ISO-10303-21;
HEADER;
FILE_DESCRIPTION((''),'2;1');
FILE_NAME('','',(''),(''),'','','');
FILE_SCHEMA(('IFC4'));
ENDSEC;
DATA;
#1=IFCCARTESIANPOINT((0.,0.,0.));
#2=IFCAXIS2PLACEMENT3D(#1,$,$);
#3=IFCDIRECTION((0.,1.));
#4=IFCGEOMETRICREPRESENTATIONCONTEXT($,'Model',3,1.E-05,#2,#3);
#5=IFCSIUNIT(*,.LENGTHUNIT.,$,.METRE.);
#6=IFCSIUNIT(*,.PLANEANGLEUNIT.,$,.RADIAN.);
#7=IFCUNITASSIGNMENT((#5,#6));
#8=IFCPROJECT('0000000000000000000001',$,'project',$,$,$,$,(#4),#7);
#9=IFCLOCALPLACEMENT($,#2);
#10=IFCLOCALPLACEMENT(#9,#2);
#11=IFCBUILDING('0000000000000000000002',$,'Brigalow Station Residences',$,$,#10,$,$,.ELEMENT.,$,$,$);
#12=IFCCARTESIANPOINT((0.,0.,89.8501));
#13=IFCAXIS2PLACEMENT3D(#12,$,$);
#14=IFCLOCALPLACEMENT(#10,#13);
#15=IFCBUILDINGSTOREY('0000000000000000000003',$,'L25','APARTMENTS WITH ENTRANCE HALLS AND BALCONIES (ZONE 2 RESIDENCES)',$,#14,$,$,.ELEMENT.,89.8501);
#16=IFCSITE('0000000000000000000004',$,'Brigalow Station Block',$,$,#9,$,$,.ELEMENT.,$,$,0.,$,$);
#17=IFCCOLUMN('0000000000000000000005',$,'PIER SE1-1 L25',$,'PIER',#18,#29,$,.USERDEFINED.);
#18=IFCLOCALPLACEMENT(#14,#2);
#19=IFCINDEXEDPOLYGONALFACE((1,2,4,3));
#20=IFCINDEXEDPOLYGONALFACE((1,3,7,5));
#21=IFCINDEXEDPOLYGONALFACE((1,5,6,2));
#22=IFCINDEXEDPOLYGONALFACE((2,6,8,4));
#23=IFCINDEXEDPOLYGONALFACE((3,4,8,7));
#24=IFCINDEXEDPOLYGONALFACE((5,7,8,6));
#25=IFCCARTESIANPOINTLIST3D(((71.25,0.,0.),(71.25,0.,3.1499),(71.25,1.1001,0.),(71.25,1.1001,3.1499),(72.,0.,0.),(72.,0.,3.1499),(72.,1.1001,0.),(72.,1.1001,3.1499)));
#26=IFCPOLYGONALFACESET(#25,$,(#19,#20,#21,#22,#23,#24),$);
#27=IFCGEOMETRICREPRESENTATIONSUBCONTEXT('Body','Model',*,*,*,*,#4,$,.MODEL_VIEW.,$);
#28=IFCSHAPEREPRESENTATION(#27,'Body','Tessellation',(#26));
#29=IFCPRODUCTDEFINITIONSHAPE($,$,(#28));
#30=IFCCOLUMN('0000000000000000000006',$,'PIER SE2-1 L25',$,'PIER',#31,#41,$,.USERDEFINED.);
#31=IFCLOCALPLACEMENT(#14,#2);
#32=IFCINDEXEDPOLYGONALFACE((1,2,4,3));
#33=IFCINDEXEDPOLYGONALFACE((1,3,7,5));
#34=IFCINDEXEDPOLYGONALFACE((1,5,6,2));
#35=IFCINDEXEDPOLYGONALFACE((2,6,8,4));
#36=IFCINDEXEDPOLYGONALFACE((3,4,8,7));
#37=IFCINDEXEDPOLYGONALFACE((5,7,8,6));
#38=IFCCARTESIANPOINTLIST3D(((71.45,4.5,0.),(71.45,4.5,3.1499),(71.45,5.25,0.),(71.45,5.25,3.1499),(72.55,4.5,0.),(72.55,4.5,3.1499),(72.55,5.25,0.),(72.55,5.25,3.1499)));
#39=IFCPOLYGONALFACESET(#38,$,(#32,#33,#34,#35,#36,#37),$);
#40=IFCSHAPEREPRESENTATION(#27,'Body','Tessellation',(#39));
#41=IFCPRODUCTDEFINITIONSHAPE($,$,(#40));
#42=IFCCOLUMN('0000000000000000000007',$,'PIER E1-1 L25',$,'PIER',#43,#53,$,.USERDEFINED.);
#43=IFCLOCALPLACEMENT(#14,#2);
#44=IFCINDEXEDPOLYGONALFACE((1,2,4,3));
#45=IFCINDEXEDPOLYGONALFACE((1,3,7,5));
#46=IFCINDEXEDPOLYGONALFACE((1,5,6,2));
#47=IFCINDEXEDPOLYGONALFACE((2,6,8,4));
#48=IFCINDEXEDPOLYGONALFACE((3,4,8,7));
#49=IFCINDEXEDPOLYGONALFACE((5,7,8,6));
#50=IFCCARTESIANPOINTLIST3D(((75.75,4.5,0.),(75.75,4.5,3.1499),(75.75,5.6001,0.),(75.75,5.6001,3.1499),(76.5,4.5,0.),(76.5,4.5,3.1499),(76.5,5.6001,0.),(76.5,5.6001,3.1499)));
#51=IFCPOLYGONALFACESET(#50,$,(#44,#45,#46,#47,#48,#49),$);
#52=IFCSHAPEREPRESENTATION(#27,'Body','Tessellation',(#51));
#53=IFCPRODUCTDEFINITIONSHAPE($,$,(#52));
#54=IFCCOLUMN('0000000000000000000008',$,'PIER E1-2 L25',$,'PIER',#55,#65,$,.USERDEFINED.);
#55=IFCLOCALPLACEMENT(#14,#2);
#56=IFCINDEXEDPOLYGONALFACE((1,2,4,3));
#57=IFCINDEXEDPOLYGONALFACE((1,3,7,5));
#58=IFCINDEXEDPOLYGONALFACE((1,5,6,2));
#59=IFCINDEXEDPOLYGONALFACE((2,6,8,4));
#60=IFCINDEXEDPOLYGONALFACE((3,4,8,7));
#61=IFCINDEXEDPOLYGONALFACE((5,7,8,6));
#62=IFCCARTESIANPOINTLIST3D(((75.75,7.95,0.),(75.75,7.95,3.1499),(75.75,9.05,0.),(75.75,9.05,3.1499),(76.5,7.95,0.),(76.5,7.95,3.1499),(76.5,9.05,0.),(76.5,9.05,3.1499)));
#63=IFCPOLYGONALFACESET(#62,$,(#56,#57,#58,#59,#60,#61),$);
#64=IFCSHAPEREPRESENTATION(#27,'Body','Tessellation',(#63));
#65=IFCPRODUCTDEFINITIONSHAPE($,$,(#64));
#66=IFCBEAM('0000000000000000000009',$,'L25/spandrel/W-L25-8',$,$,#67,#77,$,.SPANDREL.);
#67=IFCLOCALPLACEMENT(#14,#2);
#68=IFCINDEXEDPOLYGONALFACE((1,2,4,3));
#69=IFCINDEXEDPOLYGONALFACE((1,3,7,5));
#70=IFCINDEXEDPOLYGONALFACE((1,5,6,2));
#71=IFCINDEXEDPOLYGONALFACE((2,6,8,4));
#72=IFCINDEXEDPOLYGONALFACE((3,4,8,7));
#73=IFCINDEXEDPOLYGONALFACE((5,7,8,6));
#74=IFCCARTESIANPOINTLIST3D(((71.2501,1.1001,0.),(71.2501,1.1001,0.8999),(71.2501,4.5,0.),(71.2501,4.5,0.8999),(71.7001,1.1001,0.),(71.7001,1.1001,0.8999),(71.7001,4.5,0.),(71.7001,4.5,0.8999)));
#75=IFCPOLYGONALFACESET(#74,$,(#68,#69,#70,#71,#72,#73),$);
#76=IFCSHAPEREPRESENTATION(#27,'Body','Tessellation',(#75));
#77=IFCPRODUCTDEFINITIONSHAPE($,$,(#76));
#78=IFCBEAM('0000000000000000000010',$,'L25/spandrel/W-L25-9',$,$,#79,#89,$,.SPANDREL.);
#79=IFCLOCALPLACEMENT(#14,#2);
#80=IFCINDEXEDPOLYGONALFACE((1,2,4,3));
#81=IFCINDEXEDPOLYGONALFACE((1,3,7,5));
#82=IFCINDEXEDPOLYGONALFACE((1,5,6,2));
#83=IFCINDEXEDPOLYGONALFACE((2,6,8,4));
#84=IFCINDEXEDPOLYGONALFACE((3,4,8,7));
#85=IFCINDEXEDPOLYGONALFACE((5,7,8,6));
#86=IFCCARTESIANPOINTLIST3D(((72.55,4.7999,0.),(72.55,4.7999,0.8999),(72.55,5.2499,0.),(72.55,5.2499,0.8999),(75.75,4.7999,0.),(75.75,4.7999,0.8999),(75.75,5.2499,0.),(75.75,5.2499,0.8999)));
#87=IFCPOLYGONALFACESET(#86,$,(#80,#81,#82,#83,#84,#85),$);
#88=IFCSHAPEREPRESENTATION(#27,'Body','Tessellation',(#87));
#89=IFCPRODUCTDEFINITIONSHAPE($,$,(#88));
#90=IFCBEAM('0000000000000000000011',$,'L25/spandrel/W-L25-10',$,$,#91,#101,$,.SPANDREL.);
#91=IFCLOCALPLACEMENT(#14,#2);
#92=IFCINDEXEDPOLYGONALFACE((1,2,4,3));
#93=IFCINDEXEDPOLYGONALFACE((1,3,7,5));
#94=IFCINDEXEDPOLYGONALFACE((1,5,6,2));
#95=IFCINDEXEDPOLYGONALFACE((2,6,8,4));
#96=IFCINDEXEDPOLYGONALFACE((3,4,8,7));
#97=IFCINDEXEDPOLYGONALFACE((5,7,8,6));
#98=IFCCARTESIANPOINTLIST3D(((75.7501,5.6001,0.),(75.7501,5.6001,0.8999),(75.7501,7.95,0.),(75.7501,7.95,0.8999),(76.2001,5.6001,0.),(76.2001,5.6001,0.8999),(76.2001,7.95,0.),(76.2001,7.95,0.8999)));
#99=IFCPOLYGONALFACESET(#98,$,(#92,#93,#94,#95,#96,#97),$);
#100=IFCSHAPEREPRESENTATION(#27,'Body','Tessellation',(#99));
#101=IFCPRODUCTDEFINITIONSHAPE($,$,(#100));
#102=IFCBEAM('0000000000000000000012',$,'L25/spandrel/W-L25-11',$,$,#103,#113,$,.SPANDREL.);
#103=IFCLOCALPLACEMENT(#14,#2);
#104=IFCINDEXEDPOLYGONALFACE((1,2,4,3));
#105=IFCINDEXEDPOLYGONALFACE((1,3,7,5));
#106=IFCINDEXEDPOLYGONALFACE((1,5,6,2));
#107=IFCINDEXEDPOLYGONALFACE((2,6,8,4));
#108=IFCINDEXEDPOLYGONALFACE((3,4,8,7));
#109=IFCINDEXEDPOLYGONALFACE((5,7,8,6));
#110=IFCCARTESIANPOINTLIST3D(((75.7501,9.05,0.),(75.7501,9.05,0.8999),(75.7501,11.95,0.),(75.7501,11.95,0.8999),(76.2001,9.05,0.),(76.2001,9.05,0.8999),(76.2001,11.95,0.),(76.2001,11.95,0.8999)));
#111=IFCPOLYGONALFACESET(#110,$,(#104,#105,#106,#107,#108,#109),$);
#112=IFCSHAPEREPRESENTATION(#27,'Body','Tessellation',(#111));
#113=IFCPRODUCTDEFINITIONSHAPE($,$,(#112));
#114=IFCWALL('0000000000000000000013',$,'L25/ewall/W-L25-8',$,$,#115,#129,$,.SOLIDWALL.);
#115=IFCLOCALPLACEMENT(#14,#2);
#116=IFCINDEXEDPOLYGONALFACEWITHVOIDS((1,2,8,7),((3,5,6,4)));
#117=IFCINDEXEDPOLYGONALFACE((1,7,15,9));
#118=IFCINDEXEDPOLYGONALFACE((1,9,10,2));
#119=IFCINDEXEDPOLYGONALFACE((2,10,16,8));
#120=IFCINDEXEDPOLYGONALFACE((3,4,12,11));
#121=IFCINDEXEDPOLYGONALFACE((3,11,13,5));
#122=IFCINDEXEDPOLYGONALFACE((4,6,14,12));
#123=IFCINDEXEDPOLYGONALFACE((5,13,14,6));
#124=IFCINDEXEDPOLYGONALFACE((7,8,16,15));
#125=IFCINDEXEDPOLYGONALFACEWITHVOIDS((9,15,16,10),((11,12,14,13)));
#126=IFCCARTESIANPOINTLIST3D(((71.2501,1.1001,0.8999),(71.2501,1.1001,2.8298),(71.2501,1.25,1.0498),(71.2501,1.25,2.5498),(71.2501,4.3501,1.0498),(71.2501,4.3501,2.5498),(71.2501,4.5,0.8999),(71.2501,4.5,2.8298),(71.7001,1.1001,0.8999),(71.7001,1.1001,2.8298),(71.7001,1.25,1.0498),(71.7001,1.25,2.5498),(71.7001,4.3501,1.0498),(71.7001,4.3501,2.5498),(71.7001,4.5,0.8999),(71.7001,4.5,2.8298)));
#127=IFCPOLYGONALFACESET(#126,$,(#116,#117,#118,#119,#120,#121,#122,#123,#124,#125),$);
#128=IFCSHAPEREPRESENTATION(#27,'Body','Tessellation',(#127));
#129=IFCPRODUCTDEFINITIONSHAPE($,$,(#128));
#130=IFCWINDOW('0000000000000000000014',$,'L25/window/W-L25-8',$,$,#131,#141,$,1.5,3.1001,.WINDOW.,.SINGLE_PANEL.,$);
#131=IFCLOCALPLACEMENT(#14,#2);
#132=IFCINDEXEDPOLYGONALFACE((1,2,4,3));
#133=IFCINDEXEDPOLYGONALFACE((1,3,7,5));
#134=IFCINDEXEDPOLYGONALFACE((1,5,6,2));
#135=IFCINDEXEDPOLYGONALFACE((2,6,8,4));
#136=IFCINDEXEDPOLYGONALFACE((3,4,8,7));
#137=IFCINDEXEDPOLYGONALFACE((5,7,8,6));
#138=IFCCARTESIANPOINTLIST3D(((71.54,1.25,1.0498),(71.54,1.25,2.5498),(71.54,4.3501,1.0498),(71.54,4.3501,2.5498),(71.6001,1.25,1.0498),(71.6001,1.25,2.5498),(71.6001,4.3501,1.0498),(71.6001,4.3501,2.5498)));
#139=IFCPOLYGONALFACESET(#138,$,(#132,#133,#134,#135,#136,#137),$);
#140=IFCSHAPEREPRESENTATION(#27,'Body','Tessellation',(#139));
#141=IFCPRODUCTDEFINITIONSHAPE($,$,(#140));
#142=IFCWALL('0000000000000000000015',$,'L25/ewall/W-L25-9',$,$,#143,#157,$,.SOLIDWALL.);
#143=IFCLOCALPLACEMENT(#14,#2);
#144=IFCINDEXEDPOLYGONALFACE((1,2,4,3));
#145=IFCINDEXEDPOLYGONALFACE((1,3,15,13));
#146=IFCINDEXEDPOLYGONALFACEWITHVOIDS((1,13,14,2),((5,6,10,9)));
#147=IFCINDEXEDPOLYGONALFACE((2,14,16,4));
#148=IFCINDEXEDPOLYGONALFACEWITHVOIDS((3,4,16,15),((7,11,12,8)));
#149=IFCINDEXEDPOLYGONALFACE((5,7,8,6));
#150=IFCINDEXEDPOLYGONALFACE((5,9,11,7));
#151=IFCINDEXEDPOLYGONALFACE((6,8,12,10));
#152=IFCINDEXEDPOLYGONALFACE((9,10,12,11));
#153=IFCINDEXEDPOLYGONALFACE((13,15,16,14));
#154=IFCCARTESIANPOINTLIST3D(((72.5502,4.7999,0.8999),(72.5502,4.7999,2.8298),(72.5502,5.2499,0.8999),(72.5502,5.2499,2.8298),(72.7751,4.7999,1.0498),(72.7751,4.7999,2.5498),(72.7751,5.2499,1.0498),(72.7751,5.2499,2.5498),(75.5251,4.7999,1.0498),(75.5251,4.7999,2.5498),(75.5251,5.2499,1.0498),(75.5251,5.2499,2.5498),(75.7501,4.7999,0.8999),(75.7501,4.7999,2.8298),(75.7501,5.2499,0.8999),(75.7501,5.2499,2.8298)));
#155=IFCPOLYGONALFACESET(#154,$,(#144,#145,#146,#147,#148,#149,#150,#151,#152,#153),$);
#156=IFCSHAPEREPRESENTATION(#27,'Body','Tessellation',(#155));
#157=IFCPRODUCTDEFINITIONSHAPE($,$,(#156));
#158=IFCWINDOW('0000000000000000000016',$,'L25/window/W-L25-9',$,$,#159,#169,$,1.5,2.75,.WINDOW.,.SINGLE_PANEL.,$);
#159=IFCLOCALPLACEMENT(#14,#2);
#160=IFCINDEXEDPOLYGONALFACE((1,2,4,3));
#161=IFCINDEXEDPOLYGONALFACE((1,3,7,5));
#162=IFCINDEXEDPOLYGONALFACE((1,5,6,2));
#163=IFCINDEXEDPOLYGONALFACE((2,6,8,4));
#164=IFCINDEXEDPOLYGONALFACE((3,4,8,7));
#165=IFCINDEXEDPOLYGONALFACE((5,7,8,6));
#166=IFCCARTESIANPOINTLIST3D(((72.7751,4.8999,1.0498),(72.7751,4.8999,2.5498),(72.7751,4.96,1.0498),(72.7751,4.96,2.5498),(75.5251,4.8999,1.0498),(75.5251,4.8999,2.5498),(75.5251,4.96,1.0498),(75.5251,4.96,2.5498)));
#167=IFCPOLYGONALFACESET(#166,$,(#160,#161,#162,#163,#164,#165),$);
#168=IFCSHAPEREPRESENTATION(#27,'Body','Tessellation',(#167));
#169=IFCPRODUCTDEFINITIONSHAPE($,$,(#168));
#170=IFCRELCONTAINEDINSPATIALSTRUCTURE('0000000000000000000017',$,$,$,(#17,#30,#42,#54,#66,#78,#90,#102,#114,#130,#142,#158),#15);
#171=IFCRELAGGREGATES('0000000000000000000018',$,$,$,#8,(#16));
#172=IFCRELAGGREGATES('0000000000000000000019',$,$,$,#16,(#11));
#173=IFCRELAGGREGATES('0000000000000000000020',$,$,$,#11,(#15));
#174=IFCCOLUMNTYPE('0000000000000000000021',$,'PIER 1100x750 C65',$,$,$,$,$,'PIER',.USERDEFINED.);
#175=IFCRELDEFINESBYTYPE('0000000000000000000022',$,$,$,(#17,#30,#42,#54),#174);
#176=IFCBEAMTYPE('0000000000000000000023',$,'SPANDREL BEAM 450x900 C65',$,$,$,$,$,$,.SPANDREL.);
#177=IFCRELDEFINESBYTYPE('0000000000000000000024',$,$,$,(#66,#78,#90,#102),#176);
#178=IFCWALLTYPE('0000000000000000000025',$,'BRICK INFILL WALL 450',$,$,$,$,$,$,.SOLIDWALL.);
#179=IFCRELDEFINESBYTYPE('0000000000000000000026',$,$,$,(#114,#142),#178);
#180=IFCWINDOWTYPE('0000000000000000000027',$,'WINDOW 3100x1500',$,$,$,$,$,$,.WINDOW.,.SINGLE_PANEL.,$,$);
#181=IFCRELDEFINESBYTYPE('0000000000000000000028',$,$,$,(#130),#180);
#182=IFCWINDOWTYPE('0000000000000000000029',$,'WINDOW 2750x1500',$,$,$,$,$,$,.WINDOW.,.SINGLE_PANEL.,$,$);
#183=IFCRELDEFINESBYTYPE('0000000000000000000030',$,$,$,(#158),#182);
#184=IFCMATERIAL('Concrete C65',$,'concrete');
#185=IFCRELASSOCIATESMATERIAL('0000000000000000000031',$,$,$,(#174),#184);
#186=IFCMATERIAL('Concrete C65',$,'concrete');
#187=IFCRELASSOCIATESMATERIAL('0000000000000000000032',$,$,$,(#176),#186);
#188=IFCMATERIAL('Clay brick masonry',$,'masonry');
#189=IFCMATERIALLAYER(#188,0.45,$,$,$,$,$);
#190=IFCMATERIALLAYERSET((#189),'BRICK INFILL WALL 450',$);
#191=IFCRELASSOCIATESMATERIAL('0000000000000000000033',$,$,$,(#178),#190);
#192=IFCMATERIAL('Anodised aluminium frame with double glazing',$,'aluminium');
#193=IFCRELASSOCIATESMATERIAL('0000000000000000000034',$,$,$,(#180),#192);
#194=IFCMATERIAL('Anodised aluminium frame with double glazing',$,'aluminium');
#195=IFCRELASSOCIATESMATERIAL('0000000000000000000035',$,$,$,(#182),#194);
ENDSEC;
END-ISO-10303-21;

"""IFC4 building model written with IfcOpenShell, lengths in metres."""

from ifc_helpers import new_model, si_unit, direction, frame, frame_2d, origin, origin_2d, place, context, subcontext, project, spatial, rectangle, extrude, material, layer, layer_set, material_profile, profile_set, type_object, element, fill, save


model = new_model("IFC4")

# Units and contexts
model_context = context("Model", 3, precision=1e-05, world=origin(), true_north=direction((0.0, 1.0)))
body_context = subcontext(model_context, "Body", "Model", "MODEL_VIEW")
ifc_project = project(units=[si_unit("LENGTHUNIT", "METRE"), si_unit("PLANEANGLEUNIT", "RADIAN")], contexts=[model_context])

# Site, building, storey
site_placement = place(None, origin())
site = spatial("IfcSite", under=ifc_project, at=site_placement, Name="Brigalow Station Block", CompositionType="ELEMENT", RefElevation=0.0)
building_placement = place(site_placement, origin())
building = spatial("IfcBuilding", under=site, at=building_placement, Name="Brigalow Station Residences", CompositionType="ELEMENT")
storey_placement = place(building_placement, frame((0.0, 0.0, 89.8501)))
storey = spatial("IfcBuildingStorey", under=building, at=storey_placement, Name="L25", Description="APARTMENTS WITH ENTRANCE HALLS AND BALCONIES (ZONE 2 RESIDENCES)", CompositionType="ELEMENT", Elevation=89.8501)

# Columns
ifc_material_1 = material(Name="Concrete C65", Category="concrete")
ifc_material_profile_1 = material_profile(ifc_material_1, rectangle(XDim=1.1001, YDim=0.75, at=origin_2d()), Name="RC1100x750")
ifc_profile_set_1 = profile_set([ifc_material_profile_1], Name="Concrete C65")
column_type = type_object("IfcColumnType", Name="PIER 1100x750 C65", ElementType="PIER", PredefinedType="USERDEFINED", material=ifc_profile_set_1)
for number, where, z_axis, x_axis, name in (
    (1, (71.625, 0.55, 0.0), (0.0, 0.0, 1.0), (0.0, 1.0, 0.0), "PIER SE1-1 L25"),
    (2, (72.0, 4.875, 0.0), (0.0, 0.0, 1.0), (1.0, 0.0, 0.0), "PIER SE2-1 L25"),
    (3, (76.125, 5.05, 0.0), (0.0, 0.0, 1.0), (0.0, 1.0, 0.0), "PIER E1-1 L25"),
    (4, (76.125, 8.5, 0.0), (0.0, 0.0, 1.0), (0.0, 1.0, 0.0), "PIER E1-2 L25"),
):
    element("IfcColumn", number, at=place(storey_placement, frame(where, z_axis=z_axis, x_axis=x_axis)), inside=storey, type_object=column_type, Name=name, ObjectType="PIER", PredefinedType="USERDEFINED", context=body_context, shape_type="SweptSolid", body=[
        extrude(rectangle(XDim=1.1001, YDim=0.75, at=origin_2d()), origin(), (0.0, 0.0, 1.0), 3.1499),
    ])

# Beams
ifc_material_2 = material(Name="Concrete C65", Category="concrete")
ifc_material_profile_2 = material_profile(ifc_material_2, rectangle(XDim=0.45, YDim=0.8999, at=origin_2d()), Name="RC450x900")
ifc_profile_set_2 = profile_set([ifc_material_profile_2], Name="Concrete C65")
beam_type = type_object("IfcBeamType", Name="SPANDREL BEAM 450x900 C65", PredefinedType="SPANDREL", material=ifc_profile_set_2)
beam_1_placement = place(storey_placement, frame((71.4751, 1.1001, 0.45), z_axis=(0.0, 1.0, 0.0), x_axis=(-1.0, 0.0, 0.0)))
element("IfcBeam", 5, at=beam_1_placement, inside=storey, type_object=beam_type, Name="L25/spandrel/W-L25-8", PredefinedType="SPANDREL", context=body_context, shape_type="SweptSolid", body=[
    extrude(rectangle(XDim=0.45, YDim=0.8999, at=origin_2d()), origin(), (0.0, 0.0, 1.0), 3.3999),
])
beam_2_placement = place(storey_placement, frame((72.55, 5.0249, 0.45), z_axis=(1.0, 0.0, 0.0), x_axis=(0.0, 1.0, 0.0)))
element("IfcBeam", 6, at=beam_2_placement, inside=storey, type_object=beam_type, Name="L25/spandrel/W-L25-9", PredefinedType="SPANDREL", context=body_context, shape_type="SweptSolid", body=[
    extrude(rectangle(XDim=0.45, YDim=0.8999, at=origin_2d()), origin(), (0.0, 0.0, 1.0), 3.2),
])
beam_3_placement = place(storey_placement, frame((75.9751, 5.6001, 0.45), z_axis=(0.0, 1.0, 0.0), x_axis=(-1.0, 0.0, 0.0)))
element("IfcBeam", 7, at=beam_3_placement, inside=storey, type_object=beam_type, Name="L25/spandrel/W-L25-10", PredefinedType="SPANDREL", context=body_context, shape_type="SweptSolid", body=[
    extrude(rectangle(XDim=0.45, YDim=0.8999, at=origin_2d()), origin(), (0.0, 0.0, 1.0), 2.3499),
])
beam_4_placement = place(storey_placement, frame((75.9751, 9.05, 0.45), z_axis=(0.0, 1.0, 0.0), x_axis=(-1.0, 0.0, 0.0)))
element("IfcBeam", 8, at=beam_4_placement, inside=storey, type_object=beam_type, Name="L25/spandrel/W-L25-11", PredefinedType="SPANDREL", context=body_context, shape_type="SweptSolid", body=[
    extrude(rectangle(XDim=0.45, YDim=0.8999, at=origin_2d()), origin(), (0.0, 0.0, 1.0), 2.8999),
])

# Walls, openings, windows
ifc_material_3 = material(Name="Clay brick masonry", Category="masonry")
ifc_layer_1 = layer(ifc_material_3, 0.45)
ifc_layer_set_1 = layer_set([ifc_layer_1], Name="BRICK INFILL WALL 450")
wall_type_1 = type_object("IfcWallType", Name="BRICK INFILL WALL 450", PredefinedType="SOLIDWALL", material=ifc_layer_set_1)
wall_1_placement = place(storey_placement, frame((71.4751, 1.1001, 0.8999), z_axis=(0.0, 0.0, 1.0), x_axis=(0.0, 1.0, 0.0)))
wall_1 = element("IfcWall", 9, at=wall_1_placement, inside=storey, type_object=wall_type_1, Name="L25/ewall/W-L25-8", PredefinedType="SOLIDWALL", context=body_context, shape_type="SweptSolid", body=[
    extrude(rectangle(XDim=3.3999, YDim=0.45, at=frame_2d((1.7, 0.0))), origin(), (0.0, 0.0, 1.0), 1.9299),
])
opening_1_placement = place(wall_1_placement, frame((0.1499, 0.0, 0.1499)))
opening_1 = element("IfcOpeningElement", 10, at=opening_1_placement, cuts=wall_1, PredefinedType="OPENING", context=body_context, shape_type="SweptSolid", body=[
    extrude(rectangle(XDim=3.1001, YDim=1.5, at=frame_2d((1.55, 0.75))), frame((0.0, 0.2349, 0.0), z_axis=(0.0, -1.0, 0.0), x_axis=(1.0, 0.0, 0.0)), (0.0, 0.0, 1.0), 0.47),
])
ifc_material_4 = material(Name="Anodised aluminium frame with double glazing", Category="aluminium")
window_type_1 = type_object("IfcWindowType", Name="WINDOW 3100x1500", PartitioningType="SINGLE_PANEL", PredefinedType="WINDOW", material=ifc_material_4)
window_1_placement = place(opening_1_placement, origin())
window_1 = element("IfcWindow", 11, at=window_1_placement, inside=storey, type_object=window_type_1, Name="L25/window/W-L25-8", OverallHeight=1.5, OverallWidth=3.1001, PartitioningType="SINGLE_PANEL", PredefinedType="WINDOW", context=body_context, shape_type="SweptSolid", body=[
    extrude(rectangle(XDim=3.1001, YDim=1.5, at=frame_2d((1.55, 0.75))), frame((0.0, -0.0649, 0.0), z_axis=(0.0, -1.0, 0.0), x_axis=(1.0, 0.0, 0.0)), (0.0, 0.0, 1.0), 0.0601),
])
fill(opening_1, window_1)
wall_2_placement = place(storey_placement, frame((72.55, 5.0249, 0.8999), z_axis=(0.0, 0.0, 1.0), x_axis=(1.0, 0.0, 0.0)))
wall_2 = element("IfcWall", 12, at=wall_2_placement, inside=storey, type_object=wall_type_1, Name="L25/ewall/W-L25-9", PredefinedType="SOLIDWALL", context=body_context, shape_type="SweptSolid", body=[
    extrude(rectangle(XDim=3.2, YDim=0.45, at=frame_2d((1.6001, 0.0))), origin(), (0.0, 0.0, 1.0), 1.9299),
])
opening_2_placement = place(wall_2_placement, frame((0.2251, 0.0, 0.1499)))
opening_2 = element("IfcOpeningElement", 13, at=opening_2_placement, cuts=wall_2, PredefinedType="OPENING", context=body_context, shape_type="SweptSolid", body=[
    extrude(rectangle(XDim=2.75, YDim=1.5, at=frame_2d((1.375, 0.75))), frame((0.0, 0.2349, 0.0), z_axis=(0.0, -1.0, 0.0), x_axis=(1.0, 0.0, 0.0)), (0.0, 0.0, 1.0), 0.47),
])
ifc_material_5 = material(Name="Anodised aluminium frame with double glazing", Category="aluminium")
window_type_2 = type_object("IfcWindowType", Name="WINDOW 2750x1500", PartitioningType="SINGLE_PANEL", PredefinedType="WINDOW", material=ifc_material_5)
window_2_placement = place(opening_2_placement, origin())
window_2 = element("IfcWindow", 14, at=window_2_placement, inside=storey, type_object=window_type_2, Name="L25/window/W-L25-9", OverallHeight=1.5, OverallWidth=2.75, PartitioningType="SINGLE_PANEL", PredefinedType="WINDOW", context=body_context, shape_type="SweptSolid", body=[
    extrude(rectangle(XDim=2.75, YDim=1.5, at=frame_2d((1.375, 0.75))), frame((0.0, -0.0649, 0.0), z_axis=(0.0, -1.0, 0.0), x_axis=(1.0, 0.0, 0.0)), (0.0, 0.0, 1.0), 0.0601),
])
fill(opening_2, window_2)

save(model, "model.ifc")
